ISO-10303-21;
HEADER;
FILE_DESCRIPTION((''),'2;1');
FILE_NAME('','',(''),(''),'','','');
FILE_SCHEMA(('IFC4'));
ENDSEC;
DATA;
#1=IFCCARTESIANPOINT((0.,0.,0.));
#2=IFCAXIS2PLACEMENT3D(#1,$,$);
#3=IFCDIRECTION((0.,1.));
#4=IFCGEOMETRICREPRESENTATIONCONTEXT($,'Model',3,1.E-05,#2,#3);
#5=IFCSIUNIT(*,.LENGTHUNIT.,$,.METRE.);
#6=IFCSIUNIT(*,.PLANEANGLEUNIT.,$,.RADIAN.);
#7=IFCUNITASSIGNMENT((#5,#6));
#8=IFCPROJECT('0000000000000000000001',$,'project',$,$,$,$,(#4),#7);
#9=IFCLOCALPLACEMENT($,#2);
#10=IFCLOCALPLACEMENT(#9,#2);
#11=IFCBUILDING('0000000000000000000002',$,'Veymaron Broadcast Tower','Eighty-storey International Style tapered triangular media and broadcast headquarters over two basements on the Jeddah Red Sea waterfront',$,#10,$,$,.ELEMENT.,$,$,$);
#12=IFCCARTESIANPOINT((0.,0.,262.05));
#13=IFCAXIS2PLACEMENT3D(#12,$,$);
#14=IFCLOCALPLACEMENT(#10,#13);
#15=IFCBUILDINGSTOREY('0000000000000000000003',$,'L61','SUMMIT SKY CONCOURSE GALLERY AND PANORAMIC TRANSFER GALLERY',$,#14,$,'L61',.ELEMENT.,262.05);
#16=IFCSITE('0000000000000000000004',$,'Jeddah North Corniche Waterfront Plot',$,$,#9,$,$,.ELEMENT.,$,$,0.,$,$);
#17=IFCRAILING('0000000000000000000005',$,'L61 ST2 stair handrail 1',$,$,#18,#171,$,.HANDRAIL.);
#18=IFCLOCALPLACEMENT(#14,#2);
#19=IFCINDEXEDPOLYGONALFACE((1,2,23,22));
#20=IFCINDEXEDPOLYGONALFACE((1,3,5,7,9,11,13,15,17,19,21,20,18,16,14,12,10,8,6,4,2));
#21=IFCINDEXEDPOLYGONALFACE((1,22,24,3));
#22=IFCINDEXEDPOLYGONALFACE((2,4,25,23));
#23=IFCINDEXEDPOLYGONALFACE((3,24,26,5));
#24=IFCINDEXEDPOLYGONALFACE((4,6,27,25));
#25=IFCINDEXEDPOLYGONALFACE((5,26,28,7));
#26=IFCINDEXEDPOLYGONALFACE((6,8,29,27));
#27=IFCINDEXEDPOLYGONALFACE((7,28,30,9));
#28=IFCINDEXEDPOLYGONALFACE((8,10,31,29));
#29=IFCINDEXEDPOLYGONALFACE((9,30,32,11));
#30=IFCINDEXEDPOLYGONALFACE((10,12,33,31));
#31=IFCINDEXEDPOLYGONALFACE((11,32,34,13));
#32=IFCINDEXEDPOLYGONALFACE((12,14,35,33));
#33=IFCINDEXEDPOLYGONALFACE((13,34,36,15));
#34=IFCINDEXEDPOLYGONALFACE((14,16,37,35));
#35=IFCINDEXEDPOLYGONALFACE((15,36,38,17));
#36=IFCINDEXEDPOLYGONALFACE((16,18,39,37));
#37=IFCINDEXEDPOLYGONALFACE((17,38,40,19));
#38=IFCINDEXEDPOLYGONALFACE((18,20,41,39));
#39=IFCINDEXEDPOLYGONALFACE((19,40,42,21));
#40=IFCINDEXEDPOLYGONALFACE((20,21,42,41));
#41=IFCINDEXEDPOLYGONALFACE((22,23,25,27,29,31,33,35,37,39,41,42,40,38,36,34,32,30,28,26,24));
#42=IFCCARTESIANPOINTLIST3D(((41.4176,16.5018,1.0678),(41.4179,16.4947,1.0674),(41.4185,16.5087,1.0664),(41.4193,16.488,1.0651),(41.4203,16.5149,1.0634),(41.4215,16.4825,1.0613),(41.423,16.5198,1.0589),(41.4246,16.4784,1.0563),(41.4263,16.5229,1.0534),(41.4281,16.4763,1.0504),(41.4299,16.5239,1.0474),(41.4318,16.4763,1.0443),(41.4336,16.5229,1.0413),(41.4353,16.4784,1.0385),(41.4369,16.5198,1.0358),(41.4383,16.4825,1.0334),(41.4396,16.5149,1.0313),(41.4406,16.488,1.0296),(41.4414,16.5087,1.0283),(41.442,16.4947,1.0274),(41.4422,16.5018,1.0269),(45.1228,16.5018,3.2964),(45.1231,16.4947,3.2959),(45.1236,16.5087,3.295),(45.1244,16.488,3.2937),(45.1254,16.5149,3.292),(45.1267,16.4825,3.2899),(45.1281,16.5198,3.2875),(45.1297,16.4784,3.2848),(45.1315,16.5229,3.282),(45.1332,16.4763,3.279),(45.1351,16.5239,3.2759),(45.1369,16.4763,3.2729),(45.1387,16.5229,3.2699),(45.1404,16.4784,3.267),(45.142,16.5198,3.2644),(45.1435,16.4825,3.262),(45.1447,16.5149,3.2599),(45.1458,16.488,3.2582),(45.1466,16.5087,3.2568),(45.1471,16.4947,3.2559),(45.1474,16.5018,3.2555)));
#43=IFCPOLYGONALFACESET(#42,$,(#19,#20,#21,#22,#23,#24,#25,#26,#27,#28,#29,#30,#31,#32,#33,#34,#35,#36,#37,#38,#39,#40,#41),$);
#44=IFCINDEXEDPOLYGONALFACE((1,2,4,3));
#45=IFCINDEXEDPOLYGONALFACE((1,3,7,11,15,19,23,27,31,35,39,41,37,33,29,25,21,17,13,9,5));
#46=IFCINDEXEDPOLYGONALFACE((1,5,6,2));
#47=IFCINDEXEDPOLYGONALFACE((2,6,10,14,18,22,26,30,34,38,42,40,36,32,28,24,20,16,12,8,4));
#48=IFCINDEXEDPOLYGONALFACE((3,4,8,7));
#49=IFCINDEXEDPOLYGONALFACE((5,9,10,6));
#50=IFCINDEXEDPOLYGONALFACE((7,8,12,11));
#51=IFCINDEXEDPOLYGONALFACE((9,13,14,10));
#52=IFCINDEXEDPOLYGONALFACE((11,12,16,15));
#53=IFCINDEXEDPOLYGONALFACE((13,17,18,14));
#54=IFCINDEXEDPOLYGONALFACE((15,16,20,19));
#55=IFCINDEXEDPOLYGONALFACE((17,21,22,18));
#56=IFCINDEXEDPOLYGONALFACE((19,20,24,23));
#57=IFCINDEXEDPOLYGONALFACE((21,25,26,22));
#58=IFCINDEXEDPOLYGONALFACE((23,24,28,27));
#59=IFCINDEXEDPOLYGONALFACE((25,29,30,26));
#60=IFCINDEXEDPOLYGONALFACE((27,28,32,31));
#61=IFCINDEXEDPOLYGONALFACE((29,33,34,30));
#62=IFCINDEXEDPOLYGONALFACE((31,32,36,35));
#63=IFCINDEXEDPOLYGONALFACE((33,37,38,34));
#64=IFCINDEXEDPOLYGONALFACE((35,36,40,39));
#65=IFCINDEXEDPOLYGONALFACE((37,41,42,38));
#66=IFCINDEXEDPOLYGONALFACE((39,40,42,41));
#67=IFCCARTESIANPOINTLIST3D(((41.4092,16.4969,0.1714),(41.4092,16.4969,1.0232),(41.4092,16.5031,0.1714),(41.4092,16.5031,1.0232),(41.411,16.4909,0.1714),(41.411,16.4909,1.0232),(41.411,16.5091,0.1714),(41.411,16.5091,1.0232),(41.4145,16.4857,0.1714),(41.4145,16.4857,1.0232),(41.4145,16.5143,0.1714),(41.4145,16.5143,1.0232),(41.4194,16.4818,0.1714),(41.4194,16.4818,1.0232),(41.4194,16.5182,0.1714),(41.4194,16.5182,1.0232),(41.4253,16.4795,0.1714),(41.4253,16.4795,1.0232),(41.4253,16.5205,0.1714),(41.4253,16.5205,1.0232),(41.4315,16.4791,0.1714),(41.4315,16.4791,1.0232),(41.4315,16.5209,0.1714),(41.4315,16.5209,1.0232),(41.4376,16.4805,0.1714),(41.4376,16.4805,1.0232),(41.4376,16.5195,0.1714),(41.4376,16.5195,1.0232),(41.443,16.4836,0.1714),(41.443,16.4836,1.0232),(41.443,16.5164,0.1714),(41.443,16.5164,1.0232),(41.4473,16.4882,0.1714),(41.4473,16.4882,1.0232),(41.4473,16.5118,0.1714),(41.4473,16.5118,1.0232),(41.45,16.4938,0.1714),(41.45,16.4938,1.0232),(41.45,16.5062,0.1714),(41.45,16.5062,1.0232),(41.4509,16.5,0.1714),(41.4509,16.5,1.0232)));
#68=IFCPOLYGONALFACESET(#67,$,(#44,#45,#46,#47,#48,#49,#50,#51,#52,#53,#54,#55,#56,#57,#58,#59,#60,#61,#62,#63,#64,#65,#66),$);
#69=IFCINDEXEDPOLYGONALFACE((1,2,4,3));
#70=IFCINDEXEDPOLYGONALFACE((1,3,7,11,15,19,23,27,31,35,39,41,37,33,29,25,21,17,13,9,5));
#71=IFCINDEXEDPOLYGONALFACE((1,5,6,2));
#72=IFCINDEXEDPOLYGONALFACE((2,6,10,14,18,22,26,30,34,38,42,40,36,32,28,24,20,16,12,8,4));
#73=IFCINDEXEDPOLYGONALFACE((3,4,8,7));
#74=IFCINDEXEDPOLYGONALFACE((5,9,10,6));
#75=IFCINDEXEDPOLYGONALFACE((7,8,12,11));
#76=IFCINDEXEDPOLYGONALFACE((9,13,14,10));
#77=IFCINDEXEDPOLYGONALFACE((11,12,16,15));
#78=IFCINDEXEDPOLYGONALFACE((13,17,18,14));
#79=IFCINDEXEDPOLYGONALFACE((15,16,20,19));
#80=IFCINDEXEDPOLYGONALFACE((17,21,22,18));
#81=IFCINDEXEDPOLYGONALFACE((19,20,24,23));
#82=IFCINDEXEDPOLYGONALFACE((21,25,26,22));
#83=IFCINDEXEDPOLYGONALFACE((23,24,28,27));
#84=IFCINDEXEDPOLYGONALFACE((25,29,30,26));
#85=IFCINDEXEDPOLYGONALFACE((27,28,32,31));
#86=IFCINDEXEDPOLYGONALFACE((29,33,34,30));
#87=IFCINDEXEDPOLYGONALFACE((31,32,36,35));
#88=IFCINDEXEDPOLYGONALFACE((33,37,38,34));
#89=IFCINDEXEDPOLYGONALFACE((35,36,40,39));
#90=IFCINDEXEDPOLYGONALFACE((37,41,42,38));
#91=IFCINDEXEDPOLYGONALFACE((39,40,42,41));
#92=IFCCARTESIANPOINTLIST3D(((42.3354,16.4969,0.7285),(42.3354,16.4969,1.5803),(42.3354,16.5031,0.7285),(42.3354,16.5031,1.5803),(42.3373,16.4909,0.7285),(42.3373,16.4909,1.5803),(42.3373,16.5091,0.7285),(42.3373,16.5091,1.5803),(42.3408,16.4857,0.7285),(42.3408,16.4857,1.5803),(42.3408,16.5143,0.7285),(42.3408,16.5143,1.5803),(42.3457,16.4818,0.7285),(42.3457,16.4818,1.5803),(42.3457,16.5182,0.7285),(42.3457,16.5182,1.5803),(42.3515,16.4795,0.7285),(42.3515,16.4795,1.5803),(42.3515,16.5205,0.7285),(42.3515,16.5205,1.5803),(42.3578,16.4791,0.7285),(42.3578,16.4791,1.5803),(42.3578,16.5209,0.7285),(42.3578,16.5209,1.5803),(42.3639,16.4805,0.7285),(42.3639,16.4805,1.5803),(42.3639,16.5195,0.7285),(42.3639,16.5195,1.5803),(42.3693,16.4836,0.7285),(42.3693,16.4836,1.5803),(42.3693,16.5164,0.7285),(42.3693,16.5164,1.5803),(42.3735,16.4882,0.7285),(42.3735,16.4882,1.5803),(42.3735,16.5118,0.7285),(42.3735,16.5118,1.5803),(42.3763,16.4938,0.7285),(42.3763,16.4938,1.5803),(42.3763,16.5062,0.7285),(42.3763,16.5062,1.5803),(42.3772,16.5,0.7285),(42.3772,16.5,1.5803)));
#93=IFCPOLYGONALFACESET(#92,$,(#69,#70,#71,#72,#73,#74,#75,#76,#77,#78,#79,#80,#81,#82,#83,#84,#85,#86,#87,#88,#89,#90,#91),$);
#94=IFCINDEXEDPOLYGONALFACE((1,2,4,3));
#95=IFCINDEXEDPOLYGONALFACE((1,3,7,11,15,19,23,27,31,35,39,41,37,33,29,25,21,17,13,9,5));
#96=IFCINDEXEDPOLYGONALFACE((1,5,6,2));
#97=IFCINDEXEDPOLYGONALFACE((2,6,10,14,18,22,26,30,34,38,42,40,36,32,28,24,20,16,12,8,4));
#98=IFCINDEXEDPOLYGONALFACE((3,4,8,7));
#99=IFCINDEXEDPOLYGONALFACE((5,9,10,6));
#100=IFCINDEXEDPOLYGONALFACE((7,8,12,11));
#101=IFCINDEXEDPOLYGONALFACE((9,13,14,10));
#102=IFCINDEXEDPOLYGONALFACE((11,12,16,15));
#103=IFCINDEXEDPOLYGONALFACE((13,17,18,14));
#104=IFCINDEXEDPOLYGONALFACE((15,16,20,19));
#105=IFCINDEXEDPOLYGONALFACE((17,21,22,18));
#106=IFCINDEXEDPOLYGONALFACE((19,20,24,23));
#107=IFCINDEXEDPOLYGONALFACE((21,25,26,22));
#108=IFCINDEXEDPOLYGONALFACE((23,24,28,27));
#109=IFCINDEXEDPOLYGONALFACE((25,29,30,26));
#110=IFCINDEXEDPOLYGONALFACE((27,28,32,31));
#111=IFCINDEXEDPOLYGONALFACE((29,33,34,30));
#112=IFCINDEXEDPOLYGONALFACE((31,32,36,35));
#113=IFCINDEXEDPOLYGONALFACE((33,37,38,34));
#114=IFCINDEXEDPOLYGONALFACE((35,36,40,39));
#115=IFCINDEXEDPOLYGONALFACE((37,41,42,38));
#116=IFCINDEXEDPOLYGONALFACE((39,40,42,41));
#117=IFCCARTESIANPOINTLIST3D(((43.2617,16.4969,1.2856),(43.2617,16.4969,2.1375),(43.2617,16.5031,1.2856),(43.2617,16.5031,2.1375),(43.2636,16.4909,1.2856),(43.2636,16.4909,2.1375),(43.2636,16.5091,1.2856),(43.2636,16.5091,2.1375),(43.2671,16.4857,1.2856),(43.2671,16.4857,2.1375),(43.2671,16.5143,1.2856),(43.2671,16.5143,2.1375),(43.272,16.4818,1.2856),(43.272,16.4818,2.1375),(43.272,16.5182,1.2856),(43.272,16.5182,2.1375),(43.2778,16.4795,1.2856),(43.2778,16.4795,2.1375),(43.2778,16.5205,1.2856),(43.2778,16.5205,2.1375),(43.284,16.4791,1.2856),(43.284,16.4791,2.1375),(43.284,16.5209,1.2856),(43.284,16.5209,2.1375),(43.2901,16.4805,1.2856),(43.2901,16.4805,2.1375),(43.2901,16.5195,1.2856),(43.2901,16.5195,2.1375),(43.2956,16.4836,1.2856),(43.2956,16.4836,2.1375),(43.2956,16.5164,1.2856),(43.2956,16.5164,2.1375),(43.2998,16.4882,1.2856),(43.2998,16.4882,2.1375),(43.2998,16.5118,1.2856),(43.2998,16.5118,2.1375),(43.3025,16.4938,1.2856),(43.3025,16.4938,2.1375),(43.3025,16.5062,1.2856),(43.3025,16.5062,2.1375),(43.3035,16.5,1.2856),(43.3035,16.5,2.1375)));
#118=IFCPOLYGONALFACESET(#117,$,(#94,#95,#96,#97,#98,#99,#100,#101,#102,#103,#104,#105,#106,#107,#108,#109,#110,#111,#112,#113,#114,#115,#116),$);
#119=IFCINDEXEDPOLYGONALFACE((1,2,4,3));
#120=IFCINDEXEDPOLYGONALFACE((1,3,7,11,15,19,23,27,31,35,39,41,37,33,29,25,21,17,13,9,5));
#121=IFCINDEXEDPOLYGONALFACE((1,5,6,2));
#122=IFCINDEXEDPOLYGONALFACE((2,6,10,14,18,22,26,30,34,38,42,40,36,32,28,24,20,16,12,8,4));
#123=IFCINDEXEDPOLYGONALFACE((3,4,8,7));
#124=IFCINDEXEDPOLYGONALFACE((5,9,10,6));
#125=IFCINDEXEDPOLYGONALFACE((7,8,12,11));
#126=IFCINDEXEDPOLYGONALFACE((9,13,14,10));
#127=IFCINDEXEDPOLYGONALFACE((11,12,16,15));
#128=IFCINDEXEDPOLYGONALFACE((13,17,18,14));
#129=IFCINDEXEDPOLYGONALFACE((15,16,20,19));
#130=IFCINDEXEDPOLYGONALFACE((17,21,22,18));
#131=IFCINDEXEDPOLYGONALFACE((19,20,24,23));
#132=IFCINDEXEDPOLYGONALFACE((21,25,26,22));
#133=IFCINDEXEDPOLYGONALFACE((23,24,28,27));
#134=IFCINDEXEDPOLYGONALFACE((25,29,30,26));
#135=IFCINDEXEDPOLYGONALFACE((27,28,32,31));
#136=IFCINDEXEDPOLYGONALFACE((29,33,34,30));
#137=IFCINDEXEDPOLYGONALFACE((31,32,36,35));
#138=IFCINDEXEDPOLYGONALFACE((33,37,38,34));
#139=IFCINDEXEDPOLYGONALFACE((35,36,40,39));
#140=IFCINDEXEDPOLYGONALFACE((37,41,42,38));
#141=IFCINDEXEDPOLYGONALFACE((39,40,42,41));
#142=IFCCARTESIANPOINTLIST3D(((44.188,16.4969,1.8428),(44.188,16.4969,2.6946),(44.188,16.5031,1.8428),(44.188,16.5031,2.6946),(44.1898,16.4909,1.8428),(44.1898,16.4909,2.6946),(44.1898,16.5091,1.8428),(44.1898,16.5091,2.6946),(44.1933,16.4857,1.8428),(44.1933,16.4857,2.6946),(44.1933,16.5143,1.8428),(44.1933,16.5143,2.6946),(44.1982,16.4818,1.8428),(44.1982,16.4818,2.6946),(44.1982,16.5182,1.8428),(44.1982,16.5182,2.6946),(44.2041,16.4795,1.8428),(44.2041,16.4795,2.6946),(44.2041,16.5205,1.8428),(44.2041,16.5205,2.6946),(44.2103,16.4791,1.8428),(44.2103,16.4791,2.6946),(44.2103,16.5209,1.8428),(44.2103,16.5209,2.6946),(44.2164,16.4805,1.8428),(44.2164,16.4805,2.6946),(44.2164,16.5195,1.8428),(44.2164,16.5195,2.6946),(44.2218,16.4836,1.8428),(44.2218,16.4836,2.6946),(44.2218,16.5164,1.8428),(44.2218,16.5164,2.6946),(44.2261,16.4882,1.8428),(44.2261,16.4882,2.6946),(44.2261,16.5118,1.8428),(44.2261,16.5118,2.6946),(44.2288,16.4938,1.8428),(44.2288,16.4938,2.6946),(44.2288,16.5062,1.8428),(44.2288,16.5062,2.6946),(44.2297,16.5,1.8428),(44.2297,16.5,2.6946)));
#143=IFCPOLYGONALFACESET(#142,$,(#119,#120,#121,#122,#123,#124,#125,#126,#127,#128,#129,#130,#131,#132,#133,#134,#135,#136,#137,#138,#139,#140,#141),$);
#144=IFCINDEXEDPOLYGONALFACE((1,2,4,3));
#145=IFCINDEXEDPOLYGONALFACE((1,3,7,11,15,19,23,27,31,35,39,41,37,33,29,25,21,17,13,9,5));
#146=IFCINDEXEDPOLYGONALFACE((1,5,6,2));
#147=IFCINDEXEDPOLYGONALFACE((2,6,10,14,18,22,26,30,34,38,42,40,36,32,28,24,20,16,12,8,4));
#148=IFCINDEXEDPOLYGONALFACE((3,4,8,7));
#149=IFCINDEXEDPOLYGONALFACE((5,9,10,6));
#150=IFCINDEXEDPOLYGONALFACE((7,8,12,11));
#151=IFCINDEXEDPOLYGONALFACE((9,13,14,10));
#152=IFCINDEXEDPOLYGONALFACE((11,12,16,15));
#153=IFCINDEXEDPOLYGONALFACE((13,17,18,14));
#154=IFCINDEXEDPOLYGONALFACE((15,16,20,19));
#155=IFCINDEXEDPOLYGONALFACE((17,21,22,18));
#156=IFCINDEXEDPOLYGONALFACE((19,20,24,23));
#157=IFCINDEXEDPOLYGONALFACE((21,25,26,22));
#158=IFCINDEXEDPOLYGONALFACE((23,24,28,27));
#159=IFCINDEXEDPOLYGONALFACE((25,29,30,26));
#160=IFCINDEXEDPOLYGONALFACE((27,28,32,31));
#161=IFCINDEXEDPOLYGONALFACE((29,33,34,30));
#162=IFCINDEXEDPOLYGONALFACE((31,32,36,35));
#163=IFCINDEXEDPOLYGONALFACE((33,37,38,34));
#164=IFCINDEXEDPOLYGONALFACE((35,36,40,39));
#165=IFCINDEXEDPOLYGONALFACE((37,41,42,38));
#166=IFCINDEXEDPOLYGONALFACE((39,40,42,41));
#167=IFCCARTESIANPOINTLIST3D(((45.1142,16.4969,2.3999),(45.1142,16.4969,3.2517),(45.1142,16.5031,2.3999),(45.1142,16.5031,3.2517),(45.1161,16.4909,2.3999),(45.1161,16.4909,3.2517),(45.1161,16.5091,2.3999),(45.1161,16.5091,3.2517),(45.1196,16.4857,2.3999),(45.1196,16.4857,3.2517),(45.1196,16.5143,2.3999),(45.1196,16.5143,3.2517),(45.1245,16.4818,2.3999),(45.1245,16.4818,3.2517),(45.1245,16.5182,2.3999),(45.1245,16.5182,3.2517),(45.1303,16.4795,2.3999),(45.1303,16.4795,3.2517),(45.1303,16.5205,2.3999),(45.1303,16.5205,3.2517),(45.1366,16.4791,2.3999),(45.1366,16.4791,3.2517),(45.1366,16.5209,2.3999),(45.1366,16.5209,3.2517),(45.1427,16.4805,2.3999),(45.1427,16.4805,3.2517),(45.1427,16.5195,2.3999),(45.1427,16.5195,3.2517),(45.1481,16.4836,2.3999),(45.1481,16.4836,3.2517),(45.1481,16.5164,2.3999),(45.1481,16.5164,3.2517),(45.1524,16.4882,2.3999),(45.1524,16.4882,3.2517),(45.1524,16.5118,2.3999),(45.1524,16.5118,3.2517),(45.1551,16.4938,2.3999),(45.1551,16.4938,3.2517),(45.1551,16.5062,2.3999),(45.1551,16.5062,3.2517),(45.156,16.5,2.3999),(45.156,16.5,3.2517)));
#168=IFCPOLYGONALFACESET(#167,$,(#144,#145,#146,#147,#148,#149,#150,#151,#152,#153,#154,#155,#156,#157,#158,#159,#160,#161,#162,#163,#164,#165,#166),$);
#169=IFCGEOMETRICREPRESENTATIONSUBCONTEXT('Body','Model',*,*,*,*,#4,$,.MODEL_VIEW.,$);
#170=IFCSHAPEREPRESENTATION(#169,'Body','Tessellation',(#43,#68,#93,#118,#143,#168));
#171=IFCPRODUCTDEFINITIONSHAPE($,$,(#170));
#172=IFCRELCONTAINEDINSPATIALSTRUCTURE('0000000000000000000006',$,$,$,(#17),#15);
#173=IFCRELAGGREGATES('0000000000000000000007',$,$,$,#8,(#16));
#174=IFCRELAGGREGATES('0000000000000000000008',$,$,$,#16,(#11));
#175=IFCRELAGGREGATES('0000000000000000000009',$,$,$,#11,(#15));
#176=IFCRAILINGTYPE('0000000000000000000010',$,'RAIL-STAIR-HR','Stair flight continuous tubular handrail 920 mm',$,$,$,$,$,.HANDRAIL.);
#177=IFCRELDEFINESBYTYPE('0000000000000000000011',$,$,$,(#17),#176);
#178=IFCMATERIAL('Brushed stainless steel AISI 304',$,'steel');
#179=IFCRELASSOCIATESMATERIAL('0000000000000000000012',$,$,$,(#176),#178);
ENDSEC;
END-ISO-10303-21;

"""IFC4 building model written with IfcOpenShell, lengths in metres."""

from ifc_helpers import new_model, si_unit, direction, frame, origin, origin_2d, place, context, subcontext, project, spatial, circle, extrude, material, type_object, element, save


model = new_model("IFC4")

# Units and contexts
model_context = context("Model", 3, precision=1e-05, world=origin(), true_north=direction((0.0, 1.0)))
body_context = subcontext(model_context, "Body", "Model", "MODEL_VIEW")
ifc_project = project(units=[si_unit("LENGTHUNIT", "METRE"), si_unit("PLANEANGLEUNIT", "RADIAN")], contexts=[model_context])

# Site, building, storey
site_placement = place(None, origin())
site = spatial("IfcSite", under=ifc_project, at=site_placement, Name="Jeddah North Corniche Waterfront Plot", CompositionType="ELEMENT", RefElevation=0.0)
building_placement = place(site_placement, origin())
building = spatial("IfcBuilding", under=site, at=building_placement, Name="Veymaron Broadcast Tower", Description="Eighty-storey International Style tapered triangular media and broadcast headquarters over two basements on the Jeddah Red Sea waterfront", CompositionType="ELEMENT")
storey_placement = place(building_placement, frame((0.0, 0.0, 262.05)))
storey = spatial("IfcBuildingStorey", under=building, at=storey_placement, Name="L61", Description="SUMMIT SKY CONCOURSE GALLERY AND PANORAMIC TRANSFER GALLERY", LongName="L61", CompositionType="ELEMENT", Elevation=262.05)

# Railing
ifc_material_1 = material(Name="Brushed stainless steel AISI 304", Category="steel")
railing_type_1 = type_object("IfcRailingType", Name="RAIL-STAIR-HR", Description="Stair flight continuous tubular handrail 920 mm", PredefinedType="HANDRAIL", material=ifc_material_1)
railing_1_placement = place(storey_placement, frame((41.4299, 16.5, 0.1714)))
element("IfcRailing", 1, at=railing_1_placement, inside=storey, type_object=railing_type_1, Name="L61 ST2 stair handrail 1", PredefinedType="HANDRAIL", context=body_context, shape_type="SweptSolid", body=[
    extrude(circle(Radius=0.0239, at=origin_2d()), frame((0.0, 0.0, 0.876), z_axis=(0.856934, 0.0, 0.515425), x_axis=(0.0, 1.0, 0.0)), (0.0, 0.0, 1.0), 4.3237),
    extrude(circle(Radius=0.021, at=origin_2d()), origin(), (0.0, 0.0, 1.0), 0.8518),
    extrude(circle(Radius=0.021, at=origin_2d()), frame((0.9263, 0.0, 0.5571)), (0.0, 0.0, 1.0), 0.8518),
    extrude(circle(Radius=0.021, at=origin_2d()), frame((1.8525, 0.0, 1.1143)), (0.0, 0.0, 1.0), 0.8518),
    extrude(circle(Radius=0.021, at=origin_2d()), frame((2.7788, 0.0, 1.6714)), (0.0, 0.0, 1.0), 0.8518),
    extrude(circle(Radius=0.021, at=origin_2d()), frame((3.7051, 0.0, 2.2285)), (0.0, 0.0, 1.0), 0.8518),
])

save(model, "model.ifc")
